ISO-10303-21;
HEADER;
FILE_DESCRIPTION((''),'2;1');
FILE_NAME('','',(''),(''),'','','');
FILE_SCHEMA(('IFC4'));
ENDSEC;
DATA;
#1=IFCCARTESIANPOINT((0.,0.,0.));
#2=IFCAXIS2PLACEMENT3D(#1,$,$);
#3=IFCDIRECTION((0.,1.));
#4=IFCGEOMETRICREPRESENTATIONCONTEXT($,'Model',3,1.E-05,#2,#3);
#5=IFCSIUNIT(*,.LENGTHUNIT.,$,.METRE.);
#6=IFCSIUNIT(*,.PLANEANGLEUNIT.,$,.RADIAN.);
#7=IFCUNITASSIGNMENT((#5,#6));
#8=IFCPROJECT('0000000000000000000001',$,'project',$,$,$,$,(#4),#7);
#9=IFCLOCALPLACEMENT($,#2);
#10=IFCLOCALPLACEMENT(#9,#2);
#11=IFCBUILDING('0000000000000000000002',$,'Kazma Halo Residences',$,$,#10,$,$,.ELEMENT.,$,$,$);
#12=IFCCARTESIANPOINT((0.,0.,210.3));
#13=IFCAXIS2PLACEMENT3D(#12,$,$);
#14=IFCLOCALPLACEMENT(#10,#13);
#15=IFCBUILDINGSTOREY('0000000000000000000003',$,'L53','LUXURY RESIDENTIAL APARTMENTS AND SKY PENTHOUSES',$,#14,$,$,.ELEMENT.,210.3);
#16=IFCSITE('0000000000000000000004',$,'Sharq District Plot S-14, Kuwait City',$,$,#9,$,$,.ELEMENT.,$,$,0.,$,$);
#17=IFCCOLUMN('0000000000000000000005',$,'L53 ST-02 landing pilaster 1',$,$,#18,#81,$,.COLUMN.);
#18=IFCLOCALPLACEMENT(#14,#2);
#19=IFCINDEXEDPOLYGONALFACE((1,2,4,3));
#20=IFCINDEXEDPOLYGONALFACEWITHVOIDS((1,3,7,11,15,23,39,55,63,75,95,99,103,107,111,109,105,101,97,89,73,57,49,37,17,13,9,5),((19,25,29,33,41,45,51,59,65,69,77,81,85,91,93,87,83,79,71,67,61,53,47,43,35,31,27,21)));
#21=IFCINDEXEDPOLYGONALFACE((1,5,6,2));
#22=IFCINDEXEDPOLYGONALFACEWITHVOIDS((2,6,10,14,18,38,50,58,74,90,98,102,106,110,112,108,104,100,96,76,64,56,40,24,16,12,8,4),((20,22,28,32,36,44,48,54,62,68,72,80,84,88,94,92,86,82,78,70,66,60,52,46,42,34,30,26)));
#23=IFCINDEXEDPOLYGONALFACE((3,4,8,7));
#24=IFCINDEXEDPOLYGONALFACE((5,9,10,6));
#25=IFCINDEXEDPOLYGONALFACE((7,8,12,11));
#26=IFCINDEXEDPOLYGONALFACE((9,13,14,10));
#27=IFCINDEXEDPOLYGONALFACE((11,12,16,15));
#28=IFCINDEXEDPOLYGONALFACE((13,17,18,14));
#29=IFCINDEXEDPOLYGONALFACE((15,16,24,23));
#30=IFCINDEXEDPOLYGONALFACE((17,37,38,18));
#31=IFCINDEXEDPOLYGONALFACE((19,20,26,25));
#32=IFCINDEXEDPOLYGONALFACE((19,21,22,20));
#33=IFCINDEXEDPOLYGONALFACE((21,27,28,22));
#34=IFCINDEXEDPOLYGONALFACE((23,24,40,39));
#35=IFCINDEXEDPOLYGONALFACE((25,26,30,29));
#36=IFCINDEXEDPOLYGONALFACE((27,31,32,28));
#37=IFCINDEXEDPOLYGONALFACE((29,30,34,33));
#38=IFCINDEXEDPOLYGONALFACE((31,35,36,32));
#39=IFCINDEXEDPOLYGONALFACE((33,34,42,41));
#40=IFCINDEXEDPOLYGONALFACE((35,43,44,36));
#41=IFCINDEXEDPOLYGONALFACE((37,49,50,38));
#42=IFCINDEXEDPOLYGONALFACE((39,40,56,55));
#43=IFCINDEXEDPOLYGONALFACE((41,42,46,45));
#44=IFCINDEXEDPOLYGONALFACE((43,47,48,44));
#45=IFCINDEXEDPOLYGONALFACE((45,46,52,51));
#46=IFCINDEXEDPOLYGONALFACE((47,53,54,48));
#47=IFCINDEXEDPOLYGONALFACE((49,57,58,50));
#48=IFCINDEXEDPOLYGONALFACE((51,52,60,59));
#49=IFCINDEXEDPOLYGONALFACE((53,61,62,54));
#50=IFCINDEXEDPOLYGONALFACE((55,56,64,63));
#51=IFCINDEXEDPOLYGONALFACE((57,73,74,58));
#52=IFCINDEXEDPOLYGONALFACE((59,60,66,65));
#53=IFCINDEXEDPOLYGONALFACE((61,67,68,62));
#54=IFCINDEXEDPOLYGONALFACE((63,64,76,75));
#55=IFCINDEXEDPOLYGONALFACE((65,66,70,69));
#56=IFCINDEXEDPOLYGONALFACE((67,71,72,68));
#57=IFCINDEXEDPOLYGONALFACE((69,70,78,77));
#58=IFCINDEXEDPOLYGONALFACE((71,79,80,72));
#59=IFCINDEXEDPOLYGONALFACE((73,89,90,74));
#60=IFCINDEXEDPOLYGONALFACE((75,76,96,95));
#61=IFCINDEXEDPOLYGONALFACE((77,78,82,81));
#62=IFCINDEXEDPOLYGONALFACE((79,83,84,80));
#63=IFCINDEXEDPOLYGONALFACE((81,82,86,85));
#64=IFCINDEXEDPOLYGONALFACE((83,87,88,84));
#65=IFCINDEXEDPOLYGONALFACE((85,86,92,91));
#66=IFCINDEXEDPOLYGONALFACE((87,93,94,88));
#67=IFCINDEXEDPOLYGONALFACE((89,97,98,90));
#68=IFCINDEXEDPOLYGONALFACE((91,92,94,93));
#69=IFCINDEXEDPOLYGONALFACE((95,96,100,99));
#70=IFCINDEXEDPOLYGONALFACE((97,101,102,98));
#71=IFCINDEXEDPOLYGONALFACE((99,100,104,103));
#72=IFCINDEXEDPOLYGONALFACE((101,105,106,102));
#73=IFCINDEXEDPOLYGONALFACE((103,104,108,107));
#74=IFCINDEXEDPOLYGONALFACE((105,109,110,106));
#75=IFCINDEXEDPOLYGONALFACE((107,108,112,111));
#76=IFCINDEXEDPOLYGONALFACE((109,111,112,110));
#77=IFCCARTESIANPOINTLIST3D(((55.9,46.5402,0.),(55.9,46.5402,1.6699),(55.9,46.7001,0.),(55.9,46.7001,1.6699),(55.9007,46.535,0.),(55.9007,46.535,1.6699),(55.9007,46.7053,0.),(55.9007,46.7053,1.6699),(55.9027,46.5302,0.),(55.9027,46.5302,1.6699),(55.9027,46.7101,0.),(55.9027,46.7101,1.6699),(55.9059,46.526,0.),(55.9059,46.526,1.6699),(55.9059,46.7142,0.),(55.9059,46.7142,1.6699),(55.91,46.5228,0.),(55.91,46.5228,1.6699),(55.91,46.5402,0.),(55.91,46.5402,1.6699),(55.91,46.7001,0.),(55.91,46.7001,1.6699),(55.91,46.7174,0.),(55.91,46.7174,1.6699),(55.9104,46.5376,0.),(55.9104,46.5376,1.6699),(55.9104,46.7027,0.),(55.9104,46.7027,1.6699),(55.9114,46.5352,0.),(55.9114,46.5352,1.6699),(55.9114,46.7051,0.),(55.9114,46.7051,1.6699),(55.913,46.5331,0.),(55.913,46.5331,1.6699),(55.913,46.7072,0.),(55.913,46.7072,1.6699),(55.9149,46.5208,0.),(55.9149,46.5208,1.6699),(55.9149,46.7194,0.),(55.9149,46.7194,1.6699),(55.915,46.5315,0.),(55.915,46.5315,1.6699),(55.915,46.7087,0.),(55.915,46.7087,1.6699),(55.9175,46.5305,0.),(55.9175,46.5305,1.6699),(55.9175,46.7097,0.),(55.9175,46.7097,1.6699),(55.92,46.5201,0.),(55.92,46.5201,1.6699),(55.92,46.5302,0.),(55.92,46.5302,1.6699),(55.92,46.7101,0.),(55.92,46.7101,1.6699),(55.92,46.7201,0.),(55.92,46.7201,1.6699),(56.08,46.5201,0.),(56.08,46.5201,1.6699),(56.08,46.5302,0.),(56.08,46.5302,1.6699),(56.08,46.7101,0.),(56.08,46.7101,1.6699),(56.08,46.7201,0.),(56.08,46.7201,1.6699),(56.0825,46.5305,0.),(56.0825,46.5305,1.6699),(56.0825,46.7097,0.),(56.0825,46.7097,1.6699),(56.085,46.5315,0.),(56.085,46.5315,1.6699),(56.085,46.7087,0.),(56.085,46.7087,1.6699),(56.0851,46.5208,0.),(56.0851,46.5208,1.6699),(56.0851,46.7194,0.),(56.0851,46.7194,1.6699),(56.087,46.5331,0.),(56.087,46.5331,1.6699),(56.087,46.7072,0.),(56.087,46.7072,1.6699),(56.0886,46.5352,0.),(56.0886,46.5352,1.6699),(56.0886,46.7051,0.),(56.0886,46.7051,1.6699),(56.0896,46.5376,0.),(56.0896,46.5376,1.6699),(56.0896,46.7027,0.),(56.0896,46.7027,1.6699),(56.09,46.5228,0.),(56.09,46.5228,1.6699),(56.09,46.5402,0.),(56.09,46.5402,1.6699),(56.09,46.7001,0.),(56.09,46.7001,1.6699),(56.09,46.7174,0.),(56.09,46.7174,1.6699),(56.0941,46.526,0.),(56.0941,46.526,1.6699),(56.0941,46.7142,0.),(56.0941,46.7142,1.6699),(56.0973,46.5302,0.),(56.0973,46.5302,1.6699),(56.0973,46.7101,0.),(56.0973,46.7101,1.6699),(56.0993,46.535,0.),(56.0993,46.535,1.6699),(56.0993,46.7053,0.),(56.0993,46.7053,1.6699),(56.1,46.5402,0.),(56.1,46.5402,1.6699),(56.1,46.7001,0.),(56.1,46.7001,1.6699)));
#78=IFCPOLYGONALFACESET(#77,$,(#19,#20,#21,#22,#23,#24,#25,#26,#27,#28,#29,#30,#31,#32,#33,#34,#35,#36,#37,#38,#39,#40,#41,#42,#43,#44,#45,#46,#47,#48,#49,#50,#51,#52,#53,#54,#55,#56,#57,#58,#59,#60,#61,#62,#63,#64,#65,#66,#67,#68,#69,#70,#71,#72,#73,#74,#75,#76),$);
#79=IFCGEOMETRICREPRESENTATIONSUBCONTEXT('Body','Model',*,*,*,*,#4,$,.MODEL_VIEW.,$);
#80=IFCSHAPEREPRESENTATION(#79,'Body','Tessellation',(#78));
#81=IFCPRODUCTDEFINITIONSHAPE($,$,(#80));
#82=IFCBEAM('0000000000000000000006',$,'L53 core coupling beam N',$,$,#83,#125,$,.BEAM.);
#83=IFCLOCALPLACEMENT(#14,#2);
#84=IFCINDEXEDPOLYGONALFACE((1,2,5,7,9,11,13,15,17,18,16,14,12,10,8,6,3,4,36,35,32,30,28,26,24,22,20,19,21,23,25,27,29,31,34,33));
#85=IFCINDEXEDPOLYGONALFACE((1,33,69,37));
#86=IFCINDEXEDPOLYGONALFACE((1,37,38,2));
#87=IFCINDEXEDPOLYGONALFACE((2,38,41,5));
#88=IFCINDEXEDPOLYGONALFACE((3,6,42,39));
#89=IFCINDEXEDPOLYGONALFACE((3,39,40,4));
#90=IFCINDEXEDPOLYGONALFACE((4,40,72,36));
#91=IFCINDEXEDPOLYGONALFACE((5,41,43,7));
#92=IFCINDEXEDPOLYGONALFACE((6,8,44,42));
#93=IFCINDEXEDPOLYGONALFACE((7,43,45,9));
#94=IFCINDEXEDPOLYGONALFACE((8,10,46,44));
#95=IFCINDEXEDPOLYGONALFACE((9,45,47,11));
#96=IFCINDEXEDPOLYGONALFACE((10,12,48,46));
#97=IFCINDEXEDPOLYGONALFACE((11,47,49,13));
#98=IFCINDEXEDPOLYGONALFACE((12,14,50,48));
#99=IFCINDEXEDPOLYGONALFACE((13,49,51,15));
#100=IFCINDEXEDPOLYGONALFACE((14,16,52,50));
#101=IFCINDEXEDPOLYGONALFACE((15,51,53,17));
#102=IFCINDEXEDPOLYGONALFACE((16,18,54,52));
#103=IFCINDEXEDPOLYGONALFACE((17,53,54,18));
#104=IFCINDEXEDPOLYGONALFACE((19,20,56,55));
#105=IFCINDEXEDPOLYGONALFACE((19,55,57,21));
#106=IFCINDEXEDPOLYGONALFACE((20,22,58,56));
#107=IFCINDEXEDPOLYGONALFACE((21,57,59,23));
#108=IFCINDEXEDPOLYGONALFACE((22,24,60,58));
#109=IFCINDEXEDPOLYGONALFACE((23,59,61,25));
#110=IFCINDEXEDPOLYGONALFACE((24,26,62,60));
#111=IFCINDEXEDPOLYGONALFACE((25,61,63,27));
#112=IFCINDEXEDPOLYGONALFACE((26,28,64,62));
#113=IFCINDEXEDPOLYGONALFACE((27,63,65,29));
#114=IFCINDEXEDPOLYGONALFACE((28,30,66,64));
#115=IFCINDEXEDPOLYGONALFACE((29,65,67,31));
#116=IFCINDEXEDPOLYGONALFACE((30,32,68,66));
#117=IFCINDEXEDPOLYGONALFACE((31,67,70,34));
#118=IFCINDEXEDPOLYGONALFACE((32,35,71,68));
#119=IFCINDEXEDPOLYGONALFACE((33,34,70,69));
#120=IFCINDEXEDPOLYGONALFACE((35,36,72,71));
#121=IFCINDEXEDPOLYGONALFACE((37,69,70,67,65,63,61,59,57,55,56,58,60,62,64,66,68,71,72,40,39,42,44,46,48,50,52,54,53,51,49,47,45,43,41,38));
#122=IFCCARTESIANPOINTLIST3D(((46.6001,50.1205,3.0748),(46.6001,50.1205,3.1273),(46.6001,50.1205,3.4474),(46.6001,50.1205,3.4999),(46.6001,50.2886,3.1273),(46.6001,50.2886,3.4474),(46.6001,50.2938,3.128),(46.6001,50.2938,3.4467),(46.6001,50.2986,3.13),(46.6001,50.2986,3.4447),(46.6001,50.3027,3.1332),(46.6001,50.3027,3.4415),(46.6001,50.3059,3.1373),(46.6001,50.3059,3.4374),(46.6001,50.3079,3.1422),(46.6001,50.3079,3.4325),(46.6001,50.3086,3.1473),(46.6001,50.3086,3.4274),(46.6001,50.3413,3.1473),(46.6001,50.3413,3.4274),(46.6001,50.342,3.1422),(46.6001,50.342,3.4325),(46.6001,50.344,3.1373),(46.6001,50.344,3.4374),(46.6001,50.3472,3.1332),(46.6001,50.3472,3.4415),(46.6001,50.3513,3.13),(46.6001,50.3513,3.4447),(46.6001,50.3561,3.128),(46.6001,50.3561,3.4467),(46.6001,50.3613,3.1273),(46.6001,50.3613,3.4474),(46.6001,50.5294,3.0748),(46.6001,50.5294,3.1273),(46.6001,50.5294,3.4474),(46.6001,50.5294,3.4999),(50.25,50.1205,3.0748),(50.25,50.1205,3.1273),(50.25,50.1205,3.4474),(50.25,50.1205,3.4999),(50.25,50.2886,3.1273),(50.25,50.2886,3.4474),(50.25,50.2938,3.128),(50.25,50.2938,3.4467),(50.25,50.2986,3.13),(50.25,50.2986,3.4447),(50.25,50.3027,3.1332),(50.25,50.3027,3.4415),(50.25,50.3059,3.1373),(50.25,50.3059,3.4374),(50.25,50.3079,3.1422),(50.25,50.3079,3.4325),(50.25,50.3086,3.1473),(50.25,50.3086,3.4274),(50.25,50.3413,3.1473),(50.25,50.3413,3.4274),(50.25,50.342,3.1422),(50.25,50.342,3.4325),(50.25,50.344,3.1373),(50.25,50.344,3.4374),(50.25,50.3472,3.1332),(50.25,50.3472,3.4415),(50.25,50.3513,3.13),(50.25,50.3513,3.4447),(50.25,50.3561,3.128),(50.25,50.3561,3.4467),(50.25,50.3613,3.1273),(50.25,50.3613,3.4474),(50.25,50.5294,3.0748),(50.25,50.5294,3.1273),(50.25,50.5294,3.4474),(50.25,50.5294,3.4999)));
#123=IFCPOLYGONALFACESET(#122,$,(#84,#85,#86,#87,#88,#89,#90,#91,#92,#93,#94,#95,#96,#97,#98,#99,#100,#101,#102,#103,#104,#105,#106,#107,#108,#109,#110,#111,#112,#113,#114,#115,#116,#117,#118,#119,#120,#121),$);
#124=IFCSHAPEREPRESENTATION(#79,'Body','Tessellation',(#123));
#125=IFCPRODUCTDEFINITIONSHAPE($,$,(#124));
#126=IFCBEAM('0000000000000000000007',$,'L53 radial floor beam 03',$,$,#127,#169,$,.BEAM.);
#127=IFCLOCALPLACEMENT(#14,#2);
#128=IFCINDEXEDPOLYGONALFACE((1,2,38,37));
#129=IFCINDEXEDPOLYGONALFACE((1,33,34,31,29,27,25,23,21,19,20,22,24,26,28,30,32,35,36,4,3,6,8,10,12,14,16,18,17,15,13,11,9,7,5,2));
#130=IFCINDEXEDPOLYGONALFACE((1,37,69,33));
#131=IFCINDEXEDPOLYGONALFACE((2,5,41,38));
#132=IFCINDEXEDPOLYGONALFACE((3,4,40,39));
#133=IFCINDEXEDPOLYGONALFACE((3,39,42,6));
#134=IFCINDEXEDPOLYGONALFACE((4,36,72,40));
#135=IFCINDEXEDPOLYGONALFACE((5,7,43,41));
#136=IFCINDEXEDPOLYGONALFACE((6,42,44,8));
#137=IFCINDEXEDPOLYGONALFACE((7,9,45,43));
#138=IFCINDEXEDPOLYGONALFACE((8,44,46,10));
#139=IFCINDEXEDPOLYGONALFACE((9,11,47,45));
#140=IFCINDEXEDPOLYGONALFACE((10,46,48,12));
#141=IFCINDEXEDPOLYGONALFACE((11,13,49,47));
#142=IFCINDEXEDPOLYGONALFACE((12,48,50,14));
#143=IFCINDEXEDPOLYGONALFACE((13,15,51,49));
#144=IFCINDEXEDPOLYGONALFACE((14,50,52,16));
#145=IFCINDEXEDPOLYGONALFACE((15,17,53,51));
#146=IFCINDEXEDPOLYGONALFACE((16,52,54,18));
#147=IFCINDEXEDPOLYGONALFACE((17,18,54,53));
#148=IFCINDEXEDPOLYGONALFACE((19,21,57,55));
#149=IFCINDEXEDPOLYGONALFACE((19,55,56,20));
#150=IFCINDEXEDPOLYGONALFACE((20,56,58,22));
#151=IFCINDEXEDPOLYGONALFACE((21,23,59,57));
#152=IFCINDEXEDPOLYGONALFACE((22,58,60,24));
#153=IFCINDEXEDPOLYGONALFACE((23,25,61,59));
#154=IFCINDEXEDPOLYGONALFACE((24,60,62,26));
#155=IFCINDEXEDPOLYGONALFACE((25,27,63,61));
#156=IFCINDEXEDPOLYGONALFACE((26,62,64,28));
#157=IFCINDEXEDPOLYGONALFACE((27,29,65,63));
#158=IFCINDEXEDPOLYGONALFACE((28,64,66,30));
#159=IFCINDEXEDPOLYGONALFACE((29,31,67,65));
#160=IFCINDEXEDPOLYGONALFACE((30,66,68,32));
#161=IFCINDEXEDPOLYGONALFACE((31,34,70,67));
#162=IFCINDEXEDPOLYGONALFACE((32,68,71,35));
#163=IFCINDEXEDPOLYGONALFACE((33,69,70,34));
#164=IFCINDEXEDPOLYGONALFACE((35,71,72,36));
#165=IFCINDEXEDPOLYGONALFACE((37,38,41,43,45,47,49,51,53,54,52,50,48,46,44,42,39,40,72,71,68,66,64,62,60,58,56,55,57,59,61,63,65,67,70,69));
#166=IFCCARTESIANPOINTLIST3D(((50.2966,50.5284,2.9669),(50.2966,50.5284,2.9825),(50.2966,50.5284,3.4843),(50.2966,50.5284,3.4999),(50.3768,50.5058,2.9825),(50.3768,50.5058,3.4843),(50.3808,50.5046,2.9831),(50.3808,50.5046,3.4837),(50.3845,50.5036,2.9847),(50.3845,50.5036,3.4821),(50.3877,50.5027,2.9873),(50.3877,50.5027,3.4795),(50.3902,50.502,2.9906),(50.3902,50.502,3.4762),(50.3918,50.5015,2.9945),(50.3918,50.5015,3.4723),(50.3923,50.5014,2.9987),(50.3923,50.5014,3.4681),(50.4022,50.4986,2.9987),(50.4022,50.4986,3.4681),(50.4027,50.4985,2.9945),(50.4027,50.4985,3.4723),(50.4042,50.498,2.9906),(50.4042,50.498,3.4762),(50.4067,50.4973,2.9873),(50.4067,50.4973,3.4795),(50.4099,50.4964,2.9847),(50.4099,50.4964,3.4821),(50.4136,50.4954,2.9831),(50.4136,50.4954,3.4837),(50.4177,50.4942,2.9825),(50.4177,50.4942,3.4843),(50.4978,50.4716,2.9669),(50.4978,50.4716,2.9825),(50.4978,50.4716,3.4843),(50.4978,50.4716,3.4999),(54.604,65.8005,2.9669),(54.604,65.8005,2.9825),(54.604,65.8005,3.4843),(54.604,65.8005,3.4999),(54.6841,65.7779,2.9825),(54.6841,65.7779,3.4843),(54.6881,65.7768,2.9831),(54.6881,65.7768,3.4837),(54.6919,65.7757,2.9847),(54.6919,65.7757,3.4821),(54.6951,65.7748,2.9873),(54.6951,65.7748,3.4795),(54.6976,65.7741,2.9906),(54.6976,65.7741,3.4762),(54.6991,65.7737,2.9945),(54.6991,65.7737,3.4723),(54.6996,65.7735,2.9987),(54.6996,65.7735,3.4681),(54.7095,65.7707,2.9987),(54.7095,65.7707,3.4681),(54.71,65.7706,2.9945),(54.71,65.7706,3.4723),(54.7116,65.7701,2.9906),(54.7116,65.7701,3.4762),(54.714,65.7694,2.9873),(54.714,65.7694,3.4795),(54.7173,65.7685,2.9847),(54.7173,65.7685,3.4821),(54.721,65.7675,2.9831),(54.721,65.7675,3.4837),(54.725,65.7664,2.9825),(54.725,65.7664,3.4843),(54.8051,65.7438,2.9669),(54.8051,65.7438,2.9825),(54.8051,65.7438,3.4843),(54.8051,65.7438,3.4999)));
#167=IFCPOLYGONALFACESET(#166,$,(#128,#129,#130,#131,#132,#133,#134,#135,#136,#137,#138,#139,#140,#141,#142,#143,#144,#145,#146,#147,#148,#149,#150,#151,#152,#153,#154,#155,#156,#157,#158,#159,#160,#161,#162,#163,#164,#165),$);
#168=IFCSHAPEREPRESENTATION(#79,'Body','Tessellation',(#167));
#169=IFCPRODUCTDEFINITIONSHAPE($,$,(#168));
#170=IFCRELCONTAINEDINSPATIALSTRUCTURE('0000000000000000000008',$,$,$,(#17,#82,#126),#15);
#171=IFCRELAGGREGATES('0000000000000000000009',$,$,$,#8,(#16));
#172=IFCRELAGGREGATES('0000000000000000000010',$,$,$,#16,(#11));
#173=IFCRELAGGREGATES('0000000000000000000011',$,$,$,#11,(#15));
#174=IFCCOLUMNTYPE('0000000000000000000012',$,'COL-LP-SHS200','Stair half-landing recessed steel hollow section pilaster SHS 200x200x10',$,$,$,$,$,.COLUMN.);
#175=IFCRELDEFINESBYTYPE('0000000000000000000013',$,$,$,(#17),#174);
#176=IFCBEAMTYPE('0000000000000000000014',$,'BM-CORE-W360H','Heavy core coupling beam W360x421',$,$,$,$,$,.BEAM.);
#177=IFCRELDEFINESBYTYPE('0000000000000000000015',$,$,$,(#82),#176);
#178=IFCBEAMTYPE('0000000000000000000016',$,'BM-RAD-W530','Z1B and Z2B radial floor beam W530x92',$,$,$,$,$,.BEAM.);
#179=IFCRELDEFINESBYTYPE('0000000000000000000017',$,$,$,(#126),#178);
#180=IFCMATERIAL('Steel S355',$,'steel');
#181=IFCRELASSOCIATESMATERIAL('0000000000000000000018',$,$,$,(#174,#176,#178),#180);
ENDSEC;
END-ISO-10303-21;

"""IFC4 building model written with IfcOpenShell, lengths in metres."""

from ifc_helpers import new_model, si_unit, direction, frame, origin, origin_2d, place, context, subcontext, project, spatial, hollow_rectangle, i_section, extrude, material, material_profile, profile_set, type_object, element, save


model = new_model("IFC4")

# Units and contexts
model_context = context("Model", 3, precision=1e-05, world=origin(), true_north=direction((0.0, 1.0)))
body_context = subcontext(model_context, "Body", "Model", "MODEL_VIEW")
ifc_project = project(units=[si_unit("LENGTHUNIT", "METRE"), si_unit("PLANEANGLEUNIT", "RADIAN")], contexts=[model_context])

# Site, building, storey
site_placement = place(None, origin())
site = spatial("IfcSite", under=ifc_project, at=site_placement, Name="Sharq District Plot S-14, Kuwait City", CompositionType="ELEMENT", RefElevation=0.0)
building_placement = place(site_placement, origin())
building = spatial("IfcBuilding", under=site, at=building_placement, Name="Kazma Halo Residences", CompositionType="ELEMENT")
storey_placement = place(building_placement, frame((0.0, 0.0, 210.3)))
storey = spatial("IfcBuildingStorey", under=building, at=storey_placement, Name="L53", Description="LUXURY RESIDENTIAL APARTMENTS AND SKY PENTHOUSES", CompositionType="ELEMENT", Elevation=210.3)

# Column
ifc_material_1 = material(Name="Steel S355", Category="steel")
ifc_material_profile_1 = material_profile(ifc_material_1, hollow_rectangle(XDim=0.2, YDim=0.2, WallThickness=0.01, InnerFilletRadius=0.01, OuterFilletRadius=0.02, at=origin_2d()), Name="SHS200x200x10")
ifc_profile_set_1 = profile_set([ifc_material_profile_1], Name="Steel S355")
column_type = type_object("IfcColumnType", Name="COL-LP-SHS200", Description="Stair half-landing recessed steel hollow section pilaster SHS 200x200x10", PredefinedType="COLUMN", material=ifc_profile_set_1)
column_placement = place(storey_placement, frame((56.0, 46.6201, 0.0), z_axis=(0.0, 0.0, 1.0), x_axis=(1.0, 0.0, 0.0)))
element("IfcColumn", 1, at=column_placement, inside=storey, type_object=column_type, Name="L53 ST-02 landing pilaster 1", PredefinedType="COLUMN", context=body_context, shape_type="SweptSolid", body=[
    extrude(hollow_rectangle(XDim=0.2, YDim=0.2, WallThickness=0.01, InnerFilletRadius=0.01, OuterFilletRadius=0.02, at=origin_2d()), origin(), (0.0, 0.0, 1.0), 1.6699),
])

# Beams
ifc_material_profile_2 = material_profile(ifc_material_1, i_section(OverallWidth=0.4089, OverallDepth=0.425, WebThickness=0.0327, FlangeThickness=0.0525, FilletRadius=0.02, at=origin_2d()), Name="W360x421")
ifc_profile_set_2 = profile_set([ifc_material_profile_2], Name="Steel S355")
beam_type_1 = type_object("IfcBeamType", Name="BM-CORE-W360H", Description="Heavy core coupling beam W360x421", PredefinedType="BEAM", material=ifc_profile_set_2)
beam_1_placement = place(storey_placement, frame((46.6001, 50.325, 3.2874), z_axis=(1.0, 0.0, 0.0), x_axis=(0.0, 1.0, 0.0)))
element("IfcBeam", 2, at=beam_1_placement, inside=storey, type_object=beam_type_1, Name="L53 core coupling beam N", PredefinedType="BEAM", context=body_context, shape_type="SweptSolid", body=[
    extrude(i_section(OverallWidth=0.4089, OverallDepth=0.425, WebThickness=0.0327, FlangeThickness=0.0525, FilletRadius=0.02, at=origin_2d()), origin(), (0.0, 0.0, 1.0), 3.6499),
])
ifc_material_profile_3 = material_profile(ifc_material_1, i_section(OverallWidth=0.209, OverallDepth=0.533, WebThickness=0.0103, FlangeThickness=0.0156, FilletRadius=0.0161, at=origin_2d()), Name="W530x92")
ifc_profile_set_3 = profile_set([ifc_material_profile_3], Name="Steel S355")
beam_type_2 = type_object("IfcBeamType", Name="BM-RAD-W530", Description="Z1B and Z2B radial floor beam W530x92", PredefinedType="BEAM", material=ifc_profile_set_3)
beam_2_placement = place(storey_placement, frame((50.3972, 50.5, 3.2334), z_axis=(0.27145, 0.962453, 0.0), x_axis=(-0.962453, 0.27145, 0.0)))
element("IfcBeam", 3, at=beam_2_placement, inside=storey, type_object=beam_type_2, Name="L53 radial floor beam 03", PredefinedType="BEAM", context=body_context, shape_type="SweptSolid", body=[
    extrude(i_section(OverallWidth=0.209, OverallDepth=0.533, WebThickness=0.0103, FlangeThickness=0.0156, FilletRadius=0.0161, at=origin_2d()), origin(), (0.0, 0.0, 1.0), 15.8679),
])

save(model, "model.ifc")
